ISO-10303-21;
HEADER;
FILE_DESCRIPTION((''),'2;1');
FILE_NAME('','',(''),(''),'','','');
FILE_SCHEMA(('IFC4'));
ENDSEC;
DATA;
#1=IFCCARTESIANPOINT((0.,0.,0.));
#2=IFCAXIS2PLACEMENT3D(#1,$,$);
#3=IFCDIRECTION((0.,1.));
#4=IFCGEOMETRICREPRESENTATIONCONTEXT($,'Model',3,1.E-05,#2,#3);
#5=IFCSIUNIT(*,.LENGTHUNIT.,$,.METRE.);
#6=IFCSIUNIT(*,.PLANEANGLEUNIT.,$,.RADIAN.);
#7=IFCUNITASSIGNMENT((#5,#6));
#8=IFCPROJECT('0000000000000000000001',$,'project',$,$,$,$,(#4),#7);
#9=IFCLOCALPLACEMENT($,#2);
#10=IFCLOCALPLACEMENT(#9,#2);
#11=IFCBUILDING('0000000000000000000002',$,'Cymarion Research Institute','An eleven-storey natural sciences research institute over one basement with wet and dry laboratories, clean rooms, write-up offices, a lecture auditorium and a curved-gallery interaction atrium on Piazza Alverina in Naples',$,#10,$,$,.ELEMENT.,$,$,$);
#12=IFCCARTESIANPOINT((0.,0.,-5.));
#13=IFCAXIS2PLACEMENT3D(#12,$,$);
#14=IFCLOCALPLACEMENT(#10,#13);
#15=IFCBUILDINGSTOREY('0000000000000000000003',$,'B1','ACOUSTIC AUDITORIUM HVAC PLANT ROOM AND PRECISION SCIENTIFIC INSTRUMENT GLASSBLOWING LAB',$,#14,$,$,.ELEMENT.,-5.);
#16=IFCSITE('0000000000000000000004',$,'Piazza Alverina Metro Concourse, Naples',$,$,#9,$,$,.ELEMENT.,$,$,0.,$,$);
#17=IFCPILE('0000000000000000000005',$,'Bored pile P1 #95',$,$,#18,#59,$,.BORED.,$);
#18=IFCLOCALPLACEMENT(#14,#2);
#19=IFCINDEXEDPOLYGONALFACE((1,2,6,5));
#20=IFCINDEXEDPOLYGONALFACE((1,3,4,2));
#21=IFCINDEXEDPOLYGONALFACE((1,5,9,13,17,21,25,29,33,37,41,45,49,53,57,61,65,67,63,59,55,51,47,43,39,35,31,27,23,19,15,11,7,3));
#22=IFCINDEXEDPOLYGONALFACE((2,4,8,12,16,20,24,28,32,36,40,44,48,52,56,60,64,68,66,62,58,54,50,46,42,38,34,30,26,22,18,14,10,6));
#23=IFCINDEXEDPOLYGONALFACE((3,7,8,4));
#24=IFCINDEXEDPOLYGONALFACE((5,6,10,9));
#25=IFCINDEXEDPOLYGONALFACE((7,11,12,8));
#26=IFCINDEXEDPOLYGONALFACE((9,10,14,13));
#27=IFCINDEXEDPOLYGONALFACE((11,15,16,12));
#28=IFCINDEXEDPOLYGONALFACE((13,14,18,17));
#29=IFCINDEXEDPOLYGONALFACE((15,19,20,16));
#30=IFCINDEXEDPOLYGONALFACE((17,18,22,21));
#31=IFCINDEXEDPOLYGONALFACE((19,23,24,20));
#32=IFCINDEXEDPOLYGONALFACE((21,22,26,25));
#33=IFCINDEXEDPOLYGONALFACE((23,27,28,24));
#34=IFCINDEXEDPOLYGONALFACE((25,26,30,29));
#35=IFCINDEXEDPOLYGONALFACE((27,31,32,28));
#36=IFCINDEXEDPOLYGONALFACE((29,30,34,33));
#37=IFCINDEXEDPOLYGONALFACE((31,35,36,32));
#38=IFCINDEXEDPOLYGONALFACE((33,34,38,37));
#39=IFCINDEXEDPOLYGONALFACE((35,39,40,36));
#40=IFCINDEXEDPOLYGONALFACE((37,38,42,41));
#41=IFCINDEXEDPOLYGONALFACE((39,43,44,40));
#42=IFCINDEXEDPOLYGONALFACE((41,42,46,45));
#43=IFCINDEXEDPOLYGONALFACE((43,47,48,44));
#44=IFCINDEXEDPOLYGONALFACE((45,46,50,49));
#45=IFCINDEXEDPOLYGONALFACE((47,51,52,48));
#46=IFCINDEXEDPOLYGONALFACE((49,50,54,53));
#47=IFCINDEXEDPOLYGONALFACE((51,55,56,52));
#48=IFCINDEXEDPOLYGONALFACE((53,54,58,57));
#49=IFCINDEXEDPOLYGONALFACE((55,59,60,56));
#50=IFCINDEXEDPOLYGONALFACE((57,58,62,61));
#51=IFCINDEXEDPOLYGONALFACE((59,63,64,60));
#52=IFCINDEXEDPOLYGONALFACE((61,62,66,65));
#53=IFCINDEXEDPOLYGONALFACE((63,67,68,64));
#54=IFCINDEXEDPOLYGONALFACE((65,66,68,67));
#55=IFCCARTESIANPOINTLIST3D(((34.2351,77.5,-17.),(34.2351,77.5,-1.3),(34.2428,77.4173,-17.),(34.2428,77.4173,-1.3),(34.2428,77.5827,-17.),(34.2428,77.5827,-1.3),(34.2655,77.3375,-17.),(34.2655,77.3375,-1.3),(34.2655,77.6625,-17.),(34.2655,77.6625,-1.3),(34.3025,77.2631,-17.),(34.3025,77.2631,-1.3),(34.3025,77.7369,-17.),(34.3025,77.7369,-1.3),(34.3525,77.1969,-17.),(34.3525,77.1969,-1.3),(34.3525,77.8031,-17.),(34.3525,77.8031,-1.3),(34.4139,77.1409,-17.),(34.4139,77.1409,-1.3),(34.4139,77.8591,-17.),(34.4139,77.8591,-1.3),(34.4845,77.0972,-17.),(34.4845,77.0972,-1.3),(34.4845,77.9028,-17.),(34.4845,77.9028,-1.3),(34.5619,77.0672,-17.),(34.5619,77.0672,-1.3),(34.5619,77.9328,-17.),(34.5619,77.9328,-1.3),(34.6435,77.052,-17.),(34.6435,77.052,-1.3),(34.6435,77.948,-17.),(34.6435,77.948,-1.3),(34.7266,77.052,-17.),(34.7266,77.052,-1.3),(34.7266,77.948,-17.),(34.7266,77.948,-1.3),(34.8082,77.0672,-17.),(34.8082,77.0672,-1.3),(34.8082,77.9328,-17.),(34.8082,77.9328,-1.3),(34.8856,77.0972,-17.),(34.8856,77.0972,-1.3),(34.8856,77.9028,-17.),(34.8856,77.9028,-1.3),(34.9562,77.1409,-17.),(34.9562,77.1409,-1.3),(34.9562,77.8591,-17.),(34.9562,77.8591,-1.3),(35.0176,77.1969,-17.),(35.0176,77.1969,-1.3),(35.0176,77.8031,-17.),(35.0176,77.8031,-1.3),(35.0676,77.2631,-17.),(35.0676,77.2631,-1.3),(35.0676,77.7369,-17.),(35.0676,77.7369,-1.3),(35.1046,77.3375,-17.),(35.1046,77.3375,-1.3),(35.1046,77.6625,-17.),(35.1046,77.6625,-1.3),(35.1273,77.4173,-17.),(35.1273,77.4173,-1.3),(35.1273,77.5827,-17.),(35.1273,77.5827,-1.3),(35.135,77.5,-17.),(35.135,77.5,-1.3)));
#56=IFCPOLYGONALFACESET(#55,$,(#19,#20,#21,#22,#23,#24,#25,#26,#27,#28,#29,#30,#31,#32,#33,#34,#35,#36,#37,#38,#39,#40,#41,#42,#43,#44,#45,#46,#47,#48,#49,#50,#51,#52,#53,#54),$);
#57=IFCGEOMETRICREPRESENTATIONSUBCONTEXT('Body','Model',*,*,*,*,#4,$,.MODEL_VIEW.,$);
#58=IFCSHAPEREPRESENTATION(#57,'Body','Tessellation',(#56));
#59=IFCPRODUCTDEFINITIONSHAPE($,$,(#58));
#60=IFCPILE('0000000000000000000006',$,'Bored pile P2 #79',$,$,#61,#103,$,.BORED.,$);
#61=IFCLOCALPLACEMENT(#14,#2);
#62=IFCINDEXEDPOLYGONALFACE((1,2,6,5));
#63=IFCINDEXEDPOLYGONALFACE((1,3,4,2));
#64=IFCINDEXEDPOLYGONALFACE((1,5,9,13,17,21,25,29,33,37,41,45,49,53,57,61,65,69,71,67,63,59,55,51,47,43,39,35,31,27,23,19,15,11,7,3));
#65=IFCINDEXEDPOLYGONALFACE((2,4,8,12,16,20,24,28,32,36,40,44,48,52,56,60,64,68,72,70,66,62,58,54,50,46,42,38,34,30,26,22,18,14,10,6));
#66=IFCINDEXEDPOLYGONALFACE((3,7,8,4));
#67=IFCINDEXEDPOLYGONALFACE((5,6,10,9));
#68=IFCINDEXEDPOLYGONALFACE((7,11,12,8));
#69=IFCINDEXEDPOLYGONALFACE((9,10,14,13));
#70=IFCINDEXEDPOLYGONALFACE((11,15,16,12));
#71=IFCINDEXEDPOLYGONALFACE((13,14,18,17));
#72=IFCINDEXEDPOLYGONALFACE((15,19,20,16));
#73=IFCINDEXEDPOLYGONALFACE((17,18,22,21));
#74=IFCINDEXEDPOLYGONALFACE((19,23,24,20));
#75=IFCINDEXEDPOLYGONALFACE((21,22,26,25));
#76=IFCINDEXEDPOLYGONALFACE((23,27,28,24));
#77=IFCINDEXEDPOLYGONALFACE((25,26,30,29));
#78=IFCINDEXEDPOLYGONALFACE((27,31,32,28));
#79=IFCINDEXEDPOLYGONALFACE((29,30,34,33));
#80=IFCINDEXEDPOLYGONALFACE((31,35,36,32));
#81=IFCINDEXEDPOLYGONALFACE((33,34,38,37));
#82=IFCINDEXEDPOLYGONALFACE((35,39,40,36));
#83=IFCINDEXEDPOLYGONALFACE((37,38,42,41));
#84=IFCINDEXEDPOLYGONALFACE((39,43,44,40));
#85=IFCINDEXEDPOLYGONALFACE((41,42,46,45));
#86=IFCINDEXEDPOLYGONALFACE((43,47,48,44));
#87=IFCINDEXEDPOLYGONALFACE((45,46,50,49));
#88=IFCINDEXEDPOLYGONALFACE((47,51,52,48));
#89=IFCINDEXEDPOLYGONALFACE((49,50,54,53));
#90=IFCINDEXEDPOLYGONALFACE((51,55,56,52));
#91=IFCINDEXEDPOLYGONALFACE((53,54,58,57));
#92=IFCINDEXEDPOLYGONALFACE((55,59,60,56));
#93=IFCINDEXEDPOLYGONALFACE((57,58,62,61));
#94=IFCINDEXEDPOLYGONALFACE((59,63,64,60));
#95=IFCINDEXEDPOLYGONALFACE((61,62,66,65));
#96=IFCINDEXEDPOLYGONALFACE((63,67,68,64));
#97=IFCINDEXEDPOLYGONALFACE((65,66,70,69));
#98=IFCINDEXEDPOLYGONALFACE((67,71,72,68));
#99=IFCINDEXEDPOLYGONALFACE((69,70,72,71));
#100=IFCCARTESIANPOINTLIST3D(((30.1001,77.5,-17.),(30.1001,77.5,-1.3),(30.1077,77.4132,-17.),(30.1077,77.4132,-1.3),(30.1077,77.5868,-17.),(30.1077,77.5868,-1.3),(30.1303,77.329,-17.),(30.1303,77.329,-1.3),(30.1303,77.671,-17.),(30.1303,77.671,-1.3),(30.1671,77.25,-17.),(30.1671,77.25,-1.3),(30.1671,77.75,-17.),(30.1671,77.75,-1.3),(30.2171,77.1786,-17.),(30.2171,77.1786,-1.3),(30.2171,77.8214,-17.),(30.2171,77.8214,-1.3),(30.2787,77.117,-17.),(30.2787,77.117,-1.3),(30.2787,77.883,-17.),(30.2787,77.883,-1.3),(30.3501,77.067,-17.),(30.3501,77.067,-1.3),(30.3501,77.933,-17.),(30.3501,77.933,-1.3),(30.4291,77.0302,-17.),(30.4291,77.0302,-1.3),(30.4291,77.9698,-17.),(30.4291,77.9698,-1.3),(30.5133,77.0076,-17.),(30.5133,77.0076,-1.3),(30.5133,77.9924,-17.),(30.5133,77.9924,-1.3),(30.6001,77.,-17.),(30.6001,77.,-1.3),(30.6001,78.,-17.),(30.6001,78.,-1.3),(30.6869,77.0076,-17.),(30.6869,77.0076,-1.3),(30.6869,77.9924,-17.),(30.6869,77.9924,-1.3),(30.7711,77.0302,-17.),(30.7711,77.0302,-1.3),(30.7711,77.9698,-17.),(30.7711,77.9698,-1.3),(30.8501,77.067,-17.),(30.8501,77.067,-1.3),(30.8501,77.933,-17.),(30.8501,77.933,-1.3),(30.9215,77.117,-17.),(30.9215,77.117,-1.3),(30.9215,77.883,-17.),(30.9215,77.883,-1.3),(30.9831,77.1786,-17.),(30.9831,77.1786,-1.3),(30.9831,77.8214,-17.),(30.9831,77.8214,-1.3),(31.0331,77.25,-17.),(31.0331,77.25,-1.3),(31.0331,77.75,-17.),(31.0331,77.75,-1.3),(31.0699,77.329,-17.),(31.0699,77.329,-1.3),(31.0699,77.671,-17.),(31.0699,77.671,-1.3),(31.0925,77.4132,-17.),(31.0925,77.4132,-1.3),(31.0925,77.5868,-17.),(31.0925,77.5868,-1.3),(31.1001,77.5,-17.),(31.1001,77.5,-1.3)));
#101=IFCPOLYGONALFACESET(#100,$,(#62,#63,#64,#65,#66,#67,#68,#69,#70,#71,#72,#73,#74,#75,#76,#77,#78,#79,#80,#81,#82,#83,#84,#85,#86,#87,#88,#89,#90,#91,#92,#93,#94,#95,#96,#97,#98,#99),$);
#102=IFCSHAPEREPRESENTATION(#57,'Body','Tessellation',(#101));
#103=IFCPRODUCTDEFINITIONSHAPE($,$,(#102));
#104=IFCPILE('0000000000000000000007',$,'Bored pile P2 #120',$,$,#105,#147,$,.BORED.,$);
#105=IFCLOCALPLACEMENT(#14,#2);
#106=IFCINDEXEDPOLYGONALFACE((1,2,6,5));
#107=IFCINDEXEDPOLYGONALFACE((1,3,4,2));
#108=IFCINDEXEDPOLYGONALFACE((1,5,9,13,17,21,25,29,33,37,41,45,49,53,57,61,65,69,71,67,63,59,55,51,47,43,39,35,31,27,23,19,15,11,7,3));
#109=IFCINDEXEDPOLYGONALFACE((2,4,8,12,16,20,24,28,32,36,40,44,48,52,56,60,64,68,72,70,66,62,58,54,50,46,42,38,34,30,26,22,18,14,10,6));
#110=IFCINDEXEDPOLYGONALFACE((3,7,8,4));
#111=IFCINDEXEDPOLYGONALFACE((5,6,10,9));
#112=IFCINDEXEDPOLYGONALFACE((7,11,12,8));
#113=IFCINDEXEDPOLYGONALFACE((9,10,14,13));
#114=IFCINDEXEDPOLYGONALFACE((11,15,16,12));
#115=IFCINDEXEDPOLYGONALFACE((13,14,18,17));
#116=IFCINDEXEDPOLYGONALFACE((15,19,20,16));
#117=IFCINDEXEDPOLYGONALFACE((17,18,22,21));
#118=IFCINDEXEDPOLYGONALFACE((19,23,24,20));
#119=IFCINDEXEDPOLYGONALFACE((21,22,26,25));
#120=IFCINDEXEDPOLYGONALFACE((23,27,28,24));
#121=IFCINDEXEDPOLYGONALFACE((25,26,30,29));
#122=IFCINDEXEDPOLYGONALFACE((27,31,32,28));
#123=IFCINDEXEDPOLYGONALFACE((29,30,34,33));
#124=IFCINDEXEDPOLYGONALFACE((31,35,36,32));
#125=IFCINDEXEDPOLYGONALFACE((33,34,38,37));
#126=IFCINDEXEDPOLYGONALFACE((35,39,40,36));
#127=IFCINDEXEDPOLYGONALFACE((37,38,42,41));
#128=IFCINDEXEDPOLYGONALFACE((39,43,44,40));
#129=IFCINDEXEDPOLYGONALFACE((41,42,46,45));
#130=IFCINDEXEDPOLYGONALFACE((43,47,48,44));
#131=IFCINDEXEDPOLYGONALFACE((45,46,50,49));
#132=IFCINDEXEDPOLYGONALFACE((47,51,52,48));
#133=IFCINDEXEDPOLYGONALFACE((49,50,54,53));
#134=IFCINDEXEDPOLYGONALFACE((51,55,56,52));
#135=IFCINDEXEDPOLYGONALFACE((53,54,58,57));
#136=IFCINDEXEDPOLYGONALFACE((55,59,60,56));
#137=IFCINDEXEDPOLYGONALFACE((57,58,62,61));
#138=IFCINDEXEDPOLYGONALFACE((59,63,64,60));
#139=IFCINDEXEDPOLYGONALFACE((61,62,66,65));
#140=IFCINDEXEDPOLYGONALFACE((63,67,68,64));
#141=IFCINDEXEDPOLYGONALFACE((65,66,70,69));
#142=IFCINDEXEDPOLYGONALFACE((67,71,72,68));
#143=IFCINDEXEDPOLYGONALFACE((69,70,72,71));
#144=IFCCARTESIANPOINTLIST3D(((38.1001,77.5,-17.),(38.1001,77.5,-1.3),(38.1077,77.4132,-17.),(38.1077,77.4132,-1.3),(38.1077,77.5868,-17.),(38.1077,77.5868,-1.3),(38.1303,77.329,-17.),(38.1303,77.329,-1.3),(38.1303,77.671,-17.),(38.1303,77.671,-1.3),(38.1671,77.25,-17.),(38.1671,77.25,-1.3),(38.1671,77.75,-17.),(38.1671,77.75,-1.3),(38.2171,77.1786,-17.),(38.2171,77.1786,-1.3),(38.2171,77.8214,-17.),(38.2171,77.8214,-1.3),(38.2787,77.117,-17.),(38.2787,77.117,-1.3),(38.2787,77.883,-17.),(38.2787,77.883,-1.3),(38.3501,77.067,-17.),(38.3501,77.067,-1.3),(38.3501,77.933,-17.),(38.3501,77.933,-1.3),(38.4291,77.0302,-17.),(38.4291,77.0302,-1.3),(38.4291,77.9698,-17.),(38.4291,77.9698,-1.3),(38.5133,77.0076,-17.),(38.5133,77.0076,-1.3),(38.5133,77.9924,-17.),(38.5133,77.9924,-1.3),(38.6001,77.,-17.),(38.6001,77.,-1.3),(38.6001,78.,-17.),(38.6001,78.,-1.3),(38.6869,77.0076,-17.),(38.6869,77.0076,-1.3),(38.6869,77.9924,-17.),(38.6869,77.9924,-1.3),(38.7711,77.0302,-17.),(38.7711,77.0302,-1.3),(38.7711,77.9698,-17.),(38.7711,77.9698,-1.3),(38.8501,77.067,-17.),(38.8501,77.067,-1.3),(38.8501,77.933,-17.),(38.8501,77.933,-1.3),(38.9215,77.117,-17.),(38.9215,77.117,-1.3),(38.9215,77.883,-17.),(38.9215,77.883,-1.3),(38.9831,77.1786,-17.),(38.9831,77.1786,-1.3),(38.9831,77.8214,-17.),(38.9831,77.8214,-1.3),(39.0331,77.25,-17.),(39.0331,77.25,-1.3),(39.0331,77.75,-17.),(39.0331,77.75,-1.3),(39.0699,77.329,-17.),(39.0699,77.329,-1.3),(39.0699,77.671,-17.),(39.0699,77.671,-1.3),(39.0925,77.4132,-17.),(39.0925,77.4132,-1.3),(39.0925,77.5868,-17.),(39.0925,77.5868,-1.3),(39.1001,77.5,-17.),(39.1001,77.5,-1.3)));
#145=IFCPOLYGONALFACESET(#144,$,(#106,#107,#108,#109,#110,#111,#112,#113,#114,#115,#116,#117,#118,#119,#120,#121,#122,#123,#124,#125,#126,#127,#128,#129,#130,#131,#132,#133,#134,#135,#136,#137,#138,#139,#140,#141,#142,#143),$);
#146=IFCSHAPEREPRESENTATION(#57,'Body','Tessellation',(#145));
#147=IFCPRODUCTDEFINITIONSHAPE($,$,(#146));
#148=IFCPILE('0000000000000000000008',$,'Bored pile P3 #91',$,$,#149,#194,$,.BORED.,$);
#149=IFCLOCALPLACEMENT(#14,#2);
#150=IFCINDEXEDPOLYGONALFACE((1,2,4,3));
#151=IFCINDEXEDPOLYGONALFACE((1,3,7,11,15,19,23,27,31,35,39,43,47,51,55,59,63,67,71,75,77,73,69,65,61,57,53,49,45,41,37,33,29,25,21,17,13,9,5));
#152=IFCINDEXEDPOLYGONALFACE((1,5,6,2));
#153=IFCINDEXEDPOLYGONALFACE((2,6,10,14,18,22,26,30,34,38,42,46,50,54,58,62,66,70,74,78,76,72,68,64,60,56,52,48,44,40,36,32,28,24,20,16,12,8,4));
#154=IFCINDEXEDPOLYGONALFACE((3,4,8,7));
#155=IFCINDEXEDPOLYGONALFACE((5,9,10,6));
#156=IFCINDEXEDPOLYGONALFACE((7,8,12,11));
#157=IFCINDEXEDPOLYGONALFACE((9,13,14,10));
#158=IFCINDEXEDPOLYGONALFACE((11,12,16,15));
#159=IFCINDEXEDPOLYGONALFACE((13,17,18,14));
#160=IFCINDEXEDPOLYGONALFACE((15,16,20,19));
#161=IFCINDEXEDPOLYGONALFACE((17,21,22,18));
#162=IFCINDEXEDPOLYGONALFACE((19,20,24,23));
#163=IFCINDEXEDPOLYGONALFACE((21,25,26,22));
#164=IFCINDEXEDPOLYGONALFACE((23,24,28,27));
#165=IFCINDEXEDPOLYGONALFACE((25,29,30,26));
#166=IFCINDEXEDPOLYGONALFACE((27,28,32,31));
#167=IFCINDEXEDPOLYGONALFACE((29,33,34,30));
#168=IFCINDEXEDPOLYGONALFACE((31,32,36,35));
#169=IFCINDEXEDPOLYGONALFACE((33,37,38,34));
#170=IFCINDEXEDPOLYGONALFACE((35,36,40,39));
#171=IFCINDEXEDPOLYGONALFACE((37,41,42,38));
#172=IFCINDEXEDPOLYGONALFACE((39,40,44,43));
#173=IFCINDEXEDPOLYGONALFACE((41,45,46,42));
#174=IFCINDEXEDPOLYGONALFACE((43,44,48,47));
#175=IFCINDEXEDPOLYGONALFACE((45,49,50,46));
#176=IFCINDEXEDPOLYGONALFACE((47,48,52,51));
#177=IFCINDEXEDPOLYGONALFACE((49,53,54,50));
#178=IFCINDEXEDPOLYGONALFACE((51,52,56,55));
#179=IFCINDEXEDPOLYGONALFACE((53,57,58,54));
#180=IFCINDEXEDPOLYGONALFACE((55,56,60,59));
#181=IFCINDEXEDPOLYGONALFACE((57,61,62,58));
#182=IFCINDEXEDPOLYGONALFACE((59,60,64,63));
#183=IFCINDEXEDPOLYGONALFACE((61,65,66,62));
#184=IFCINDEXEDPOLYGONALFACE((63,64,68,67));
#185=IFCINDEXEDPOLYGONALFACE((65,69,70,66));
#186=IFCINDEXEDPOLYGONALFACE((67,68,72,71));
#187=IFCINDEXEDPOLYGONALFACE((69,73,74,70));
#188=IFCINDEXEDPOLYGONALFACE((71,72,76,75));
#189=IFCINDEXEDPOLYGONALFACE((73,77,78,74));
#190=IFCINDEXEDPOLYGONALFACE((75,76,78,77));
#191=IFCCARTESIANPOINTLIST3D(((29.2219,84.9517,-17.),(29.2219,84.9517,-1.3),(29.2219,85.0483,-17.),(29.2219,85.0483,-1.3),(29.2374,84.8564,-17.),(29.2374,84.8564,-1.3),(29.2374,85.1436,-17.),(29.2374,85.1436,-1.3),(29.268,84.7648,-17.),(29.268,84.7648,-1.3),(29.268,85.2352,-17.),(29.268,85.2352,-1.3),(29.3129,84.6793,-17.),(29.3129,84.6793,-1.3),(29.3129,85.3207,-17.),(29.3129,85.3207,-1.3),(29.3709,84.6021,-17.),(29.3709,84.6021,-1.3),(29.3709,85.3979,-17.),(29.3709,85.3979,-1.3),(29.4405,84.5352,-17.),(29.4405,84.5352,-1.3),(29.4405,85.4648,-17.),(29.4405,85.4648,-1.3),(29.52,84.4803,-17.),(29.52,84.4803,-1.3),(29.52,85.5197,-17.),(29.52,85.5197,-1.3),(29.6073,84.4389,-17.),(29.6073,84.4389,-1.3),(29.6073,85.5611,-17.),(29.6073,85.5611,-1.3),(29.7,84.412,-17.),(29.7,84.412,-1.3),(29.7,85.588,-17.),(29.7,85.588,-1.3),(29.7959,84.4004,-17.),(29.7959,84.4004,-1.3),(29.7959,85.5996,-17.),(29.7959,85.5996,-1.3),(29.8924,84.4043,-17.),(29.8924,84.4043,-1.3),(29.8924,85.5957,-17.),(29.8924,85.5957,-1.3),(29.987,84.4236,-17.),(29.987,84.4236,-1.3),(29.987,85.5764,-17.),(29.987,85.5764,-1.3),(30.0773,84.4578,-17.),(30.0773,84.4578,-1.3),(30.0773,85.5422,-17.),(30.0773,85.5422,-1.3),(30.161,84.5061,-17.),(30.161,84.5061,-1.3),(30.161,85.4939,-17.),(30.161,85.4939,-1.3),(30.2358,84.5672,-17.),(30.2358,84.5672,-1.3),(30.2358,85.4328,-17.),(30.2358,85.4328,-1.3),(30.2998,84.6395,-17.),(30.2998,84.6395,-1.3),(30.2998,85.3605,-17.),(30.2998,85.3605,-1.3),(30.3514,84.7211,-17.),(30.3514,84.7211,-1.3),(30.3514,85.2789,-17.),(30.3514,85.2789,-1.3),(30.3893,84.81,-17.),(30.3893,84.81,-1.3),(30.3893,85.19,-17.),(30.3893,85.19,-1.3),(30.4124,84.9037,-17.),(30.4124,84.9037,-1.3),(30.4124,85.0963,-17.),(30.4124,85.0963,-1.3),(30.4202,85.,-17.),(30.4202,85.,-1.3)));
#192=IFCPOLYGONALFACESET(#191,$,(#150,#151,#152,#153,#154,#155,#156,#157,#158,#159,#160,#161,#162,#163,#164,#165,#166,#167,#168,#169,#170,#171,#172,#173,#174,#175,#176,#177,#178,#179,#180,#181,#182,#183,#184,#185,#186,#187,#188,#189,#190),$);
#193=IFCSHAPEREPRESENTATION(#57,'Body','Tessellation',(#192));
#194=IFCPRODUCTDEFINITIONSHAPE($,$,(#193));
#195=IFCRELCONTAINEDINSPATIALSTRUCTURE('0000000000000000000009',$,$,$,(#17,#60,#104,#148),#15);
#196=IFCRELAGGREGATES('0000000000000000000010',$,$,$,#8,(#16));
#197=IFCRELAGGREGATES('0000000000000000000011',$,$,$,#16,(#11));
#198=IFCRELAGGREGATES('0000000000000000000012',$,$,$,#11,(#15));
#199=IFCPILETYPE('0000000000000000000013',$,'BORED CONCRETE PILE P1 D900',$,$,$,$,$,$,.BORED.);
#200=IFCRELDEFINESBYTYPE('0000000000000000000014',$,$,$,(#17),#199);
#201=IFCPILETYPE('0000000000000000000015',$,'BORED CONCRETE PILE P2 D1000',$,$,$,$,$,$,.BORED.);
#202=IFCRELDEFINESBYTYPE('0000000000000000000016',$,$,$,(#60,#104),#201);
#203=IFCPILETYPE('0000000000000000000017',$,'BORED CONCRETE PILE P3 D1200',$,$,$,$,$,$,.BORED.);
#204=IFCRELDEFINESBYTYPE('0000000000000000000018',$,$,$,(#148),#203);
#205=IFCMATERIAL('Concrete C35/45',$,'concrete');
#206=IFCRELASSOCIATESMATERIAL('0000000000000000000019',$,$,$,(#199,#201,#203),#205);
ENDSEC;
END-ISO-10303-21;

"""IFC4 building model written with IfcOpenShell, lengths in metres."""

from ifc_helpers import new_model, si_unit, direction, frame, origin, origin_2d, place, context, subcontext, project, spatial, circle, extrude, material, material_profile, profile_set, type_object, element, save


model = new_model("IFC4")

# Units and contexts
model_context = context("Model", 3, precision=1e-05, world=origin(), true_north=direction((0.0, 1.0)))
body_context = subcontext(model_context, "Body", "Model", "MODEL_VIEW")
ifc_project = project(units=[si_unit("LENGTHUNIT", "METRE"), si_unit("PLANEANGLEUNIT", "RADIAN")], contexts=[model_context])

# Site, building, storey
site_placement = place(None, origin())
site = spatial("IfcSite", under=ifc_project, at=site_placement, Name="Piazza Alverina Metro Concourse, Naples", CompositionType="ELEMENT", RefElevation=0.0)
building_placement = place(site_placement, origin())
building = spatial("IfcBuilding", under=site, at=building_placement, Name="Cymarion Research Institute", Description="An eleven-storey natural sciences research institute over one basement with wet and dry laboratories, clean rooms, write-up offices, a lecture auditorium and a curved-gallery interaction atrium on Piazza Alverina in Naples", CompositionType="ELEMENT")
storey_placement = place(building_placement, frame((0.0, 0.0, -5.0)))
storey = spatial("IfcBuildingStorey", under=building, at=storey_placement, Name="B1", Description="ACOUSTIC AUDITORIUM HVAC PLANT ROOM AND PRECISION SCIENTIFIC INSTRUMENT GLASSBLOWING LAB", CompositionType="ELEMENT", Elevation=-5.0)

# Piles
ifc_material_1 = material(Name="Concrete C35/45", Category="concrete")
ifc_material_profile_1 = material_profile(ifc_material_1, circle(Radius=0.45, at=origin_2d()), Name="BORED PILE D900")
ifc_profile_set_1 = profile_set([ifc_material_profile_1], Name="Concrete C35/45")
pile_type_1 = type_object("IfcPileType", Name="BORED CONCRETE PILE P1 D900", PredefinedType="BORED", material=ifc_profile_set_1)
pile_placement = place(storey_placement, frame((34.6851, 77.5, -1.3), z_axis=(0.0, 0.0, -1.0), x_axis=(1.0, 0.0, 0.0)))
element("IfcPile", 1, at=pile_placement, inside=storey, type_object=pile_type_1, Name="Bored pile P1 #95", PredefinedType="BORED", context=body_context, shape_type="SweptSolid", body=[
    extrude(circle(Radius=0.45, at=origin_2d()), origin(), (0.0, 0.0, 1.0), 15.7),
])
ifc_material_profile_2 = material_profile(ifc_material_1, circle(Radius=0.5, at=origin_2d()), Name="BORED PILE D1000")
ifc_profile_set_2 = profile_set([ifc_material_profile_2], Name="Concrete C35/45")
pile_type_2 = type_object("IfcPileType", Name="BORED CONCRETE PILE P2 D1000", PredefinedType="BORED", material=ifc_profile_set_2)
for number, where, z_axis, x_axis, name in (
    (2, (30.6001, 77.5, -1.3), (0.0, 0.0, -1.0), (1.0, 0.0, 0.0), "Bored pile P2 #79"),
    (3, (38.6001, 77.5, -1.3), (0.0, 0.0, -1.0), (1.0, 0.0, 0.0), "Bored pile P2 #120"),
):
    element("IfcPile", number, at=place(storey_placement, frame(where, z_axis=z_axis, x_axis=x_axis)), inside=storey, type_object=pile_type_2, Name=name, PredefinedType="BORED", context=body_context, shape_type="SweptSolid", body=[
        extrude(circle(Radius=0.5, at=origin_2d()), origin(), (0.0, 0.0, 1.0), 15.7),
    ])
ifc_material_profile_3 = material_profile(ifc_material_1, circle(Radius=0.6001, at=origin_2d()), Name="BORED PILE D1200")
ifc_profile_set_3 = profile_set([ifc_material_profile_3], Name="Concrete C35/45")
pile_type_3 = type_object("IfcPileType", Name="BORED CONCRETE PILE P3 D1200", PredefinedType="BORED", material=ifc_profile_set_3)
for number, where, z_axis, x_axis, name in (
    (4, (29.8201, 85.0, -1.3), (0.0, 0.0, -1.0), (1.0, 0.0, 0.0), "Bored pile P3 #91"),
):
    element("IfcPile", number, at=place(storey_placement, frame(where, z_axis=z_axis, x_axis=x_axis)), inside=storey, type_object=pile_type_3, Name=name, PredefinedType="BORED", context=body_context, shape_type="SweptSolid", body=[
        extrude(circle(Radius=0.6001, at=origin_2d()), origin(), (0.0, 0.0, 1.0), 15.7),
    ])

save(model, "model.ifc")
